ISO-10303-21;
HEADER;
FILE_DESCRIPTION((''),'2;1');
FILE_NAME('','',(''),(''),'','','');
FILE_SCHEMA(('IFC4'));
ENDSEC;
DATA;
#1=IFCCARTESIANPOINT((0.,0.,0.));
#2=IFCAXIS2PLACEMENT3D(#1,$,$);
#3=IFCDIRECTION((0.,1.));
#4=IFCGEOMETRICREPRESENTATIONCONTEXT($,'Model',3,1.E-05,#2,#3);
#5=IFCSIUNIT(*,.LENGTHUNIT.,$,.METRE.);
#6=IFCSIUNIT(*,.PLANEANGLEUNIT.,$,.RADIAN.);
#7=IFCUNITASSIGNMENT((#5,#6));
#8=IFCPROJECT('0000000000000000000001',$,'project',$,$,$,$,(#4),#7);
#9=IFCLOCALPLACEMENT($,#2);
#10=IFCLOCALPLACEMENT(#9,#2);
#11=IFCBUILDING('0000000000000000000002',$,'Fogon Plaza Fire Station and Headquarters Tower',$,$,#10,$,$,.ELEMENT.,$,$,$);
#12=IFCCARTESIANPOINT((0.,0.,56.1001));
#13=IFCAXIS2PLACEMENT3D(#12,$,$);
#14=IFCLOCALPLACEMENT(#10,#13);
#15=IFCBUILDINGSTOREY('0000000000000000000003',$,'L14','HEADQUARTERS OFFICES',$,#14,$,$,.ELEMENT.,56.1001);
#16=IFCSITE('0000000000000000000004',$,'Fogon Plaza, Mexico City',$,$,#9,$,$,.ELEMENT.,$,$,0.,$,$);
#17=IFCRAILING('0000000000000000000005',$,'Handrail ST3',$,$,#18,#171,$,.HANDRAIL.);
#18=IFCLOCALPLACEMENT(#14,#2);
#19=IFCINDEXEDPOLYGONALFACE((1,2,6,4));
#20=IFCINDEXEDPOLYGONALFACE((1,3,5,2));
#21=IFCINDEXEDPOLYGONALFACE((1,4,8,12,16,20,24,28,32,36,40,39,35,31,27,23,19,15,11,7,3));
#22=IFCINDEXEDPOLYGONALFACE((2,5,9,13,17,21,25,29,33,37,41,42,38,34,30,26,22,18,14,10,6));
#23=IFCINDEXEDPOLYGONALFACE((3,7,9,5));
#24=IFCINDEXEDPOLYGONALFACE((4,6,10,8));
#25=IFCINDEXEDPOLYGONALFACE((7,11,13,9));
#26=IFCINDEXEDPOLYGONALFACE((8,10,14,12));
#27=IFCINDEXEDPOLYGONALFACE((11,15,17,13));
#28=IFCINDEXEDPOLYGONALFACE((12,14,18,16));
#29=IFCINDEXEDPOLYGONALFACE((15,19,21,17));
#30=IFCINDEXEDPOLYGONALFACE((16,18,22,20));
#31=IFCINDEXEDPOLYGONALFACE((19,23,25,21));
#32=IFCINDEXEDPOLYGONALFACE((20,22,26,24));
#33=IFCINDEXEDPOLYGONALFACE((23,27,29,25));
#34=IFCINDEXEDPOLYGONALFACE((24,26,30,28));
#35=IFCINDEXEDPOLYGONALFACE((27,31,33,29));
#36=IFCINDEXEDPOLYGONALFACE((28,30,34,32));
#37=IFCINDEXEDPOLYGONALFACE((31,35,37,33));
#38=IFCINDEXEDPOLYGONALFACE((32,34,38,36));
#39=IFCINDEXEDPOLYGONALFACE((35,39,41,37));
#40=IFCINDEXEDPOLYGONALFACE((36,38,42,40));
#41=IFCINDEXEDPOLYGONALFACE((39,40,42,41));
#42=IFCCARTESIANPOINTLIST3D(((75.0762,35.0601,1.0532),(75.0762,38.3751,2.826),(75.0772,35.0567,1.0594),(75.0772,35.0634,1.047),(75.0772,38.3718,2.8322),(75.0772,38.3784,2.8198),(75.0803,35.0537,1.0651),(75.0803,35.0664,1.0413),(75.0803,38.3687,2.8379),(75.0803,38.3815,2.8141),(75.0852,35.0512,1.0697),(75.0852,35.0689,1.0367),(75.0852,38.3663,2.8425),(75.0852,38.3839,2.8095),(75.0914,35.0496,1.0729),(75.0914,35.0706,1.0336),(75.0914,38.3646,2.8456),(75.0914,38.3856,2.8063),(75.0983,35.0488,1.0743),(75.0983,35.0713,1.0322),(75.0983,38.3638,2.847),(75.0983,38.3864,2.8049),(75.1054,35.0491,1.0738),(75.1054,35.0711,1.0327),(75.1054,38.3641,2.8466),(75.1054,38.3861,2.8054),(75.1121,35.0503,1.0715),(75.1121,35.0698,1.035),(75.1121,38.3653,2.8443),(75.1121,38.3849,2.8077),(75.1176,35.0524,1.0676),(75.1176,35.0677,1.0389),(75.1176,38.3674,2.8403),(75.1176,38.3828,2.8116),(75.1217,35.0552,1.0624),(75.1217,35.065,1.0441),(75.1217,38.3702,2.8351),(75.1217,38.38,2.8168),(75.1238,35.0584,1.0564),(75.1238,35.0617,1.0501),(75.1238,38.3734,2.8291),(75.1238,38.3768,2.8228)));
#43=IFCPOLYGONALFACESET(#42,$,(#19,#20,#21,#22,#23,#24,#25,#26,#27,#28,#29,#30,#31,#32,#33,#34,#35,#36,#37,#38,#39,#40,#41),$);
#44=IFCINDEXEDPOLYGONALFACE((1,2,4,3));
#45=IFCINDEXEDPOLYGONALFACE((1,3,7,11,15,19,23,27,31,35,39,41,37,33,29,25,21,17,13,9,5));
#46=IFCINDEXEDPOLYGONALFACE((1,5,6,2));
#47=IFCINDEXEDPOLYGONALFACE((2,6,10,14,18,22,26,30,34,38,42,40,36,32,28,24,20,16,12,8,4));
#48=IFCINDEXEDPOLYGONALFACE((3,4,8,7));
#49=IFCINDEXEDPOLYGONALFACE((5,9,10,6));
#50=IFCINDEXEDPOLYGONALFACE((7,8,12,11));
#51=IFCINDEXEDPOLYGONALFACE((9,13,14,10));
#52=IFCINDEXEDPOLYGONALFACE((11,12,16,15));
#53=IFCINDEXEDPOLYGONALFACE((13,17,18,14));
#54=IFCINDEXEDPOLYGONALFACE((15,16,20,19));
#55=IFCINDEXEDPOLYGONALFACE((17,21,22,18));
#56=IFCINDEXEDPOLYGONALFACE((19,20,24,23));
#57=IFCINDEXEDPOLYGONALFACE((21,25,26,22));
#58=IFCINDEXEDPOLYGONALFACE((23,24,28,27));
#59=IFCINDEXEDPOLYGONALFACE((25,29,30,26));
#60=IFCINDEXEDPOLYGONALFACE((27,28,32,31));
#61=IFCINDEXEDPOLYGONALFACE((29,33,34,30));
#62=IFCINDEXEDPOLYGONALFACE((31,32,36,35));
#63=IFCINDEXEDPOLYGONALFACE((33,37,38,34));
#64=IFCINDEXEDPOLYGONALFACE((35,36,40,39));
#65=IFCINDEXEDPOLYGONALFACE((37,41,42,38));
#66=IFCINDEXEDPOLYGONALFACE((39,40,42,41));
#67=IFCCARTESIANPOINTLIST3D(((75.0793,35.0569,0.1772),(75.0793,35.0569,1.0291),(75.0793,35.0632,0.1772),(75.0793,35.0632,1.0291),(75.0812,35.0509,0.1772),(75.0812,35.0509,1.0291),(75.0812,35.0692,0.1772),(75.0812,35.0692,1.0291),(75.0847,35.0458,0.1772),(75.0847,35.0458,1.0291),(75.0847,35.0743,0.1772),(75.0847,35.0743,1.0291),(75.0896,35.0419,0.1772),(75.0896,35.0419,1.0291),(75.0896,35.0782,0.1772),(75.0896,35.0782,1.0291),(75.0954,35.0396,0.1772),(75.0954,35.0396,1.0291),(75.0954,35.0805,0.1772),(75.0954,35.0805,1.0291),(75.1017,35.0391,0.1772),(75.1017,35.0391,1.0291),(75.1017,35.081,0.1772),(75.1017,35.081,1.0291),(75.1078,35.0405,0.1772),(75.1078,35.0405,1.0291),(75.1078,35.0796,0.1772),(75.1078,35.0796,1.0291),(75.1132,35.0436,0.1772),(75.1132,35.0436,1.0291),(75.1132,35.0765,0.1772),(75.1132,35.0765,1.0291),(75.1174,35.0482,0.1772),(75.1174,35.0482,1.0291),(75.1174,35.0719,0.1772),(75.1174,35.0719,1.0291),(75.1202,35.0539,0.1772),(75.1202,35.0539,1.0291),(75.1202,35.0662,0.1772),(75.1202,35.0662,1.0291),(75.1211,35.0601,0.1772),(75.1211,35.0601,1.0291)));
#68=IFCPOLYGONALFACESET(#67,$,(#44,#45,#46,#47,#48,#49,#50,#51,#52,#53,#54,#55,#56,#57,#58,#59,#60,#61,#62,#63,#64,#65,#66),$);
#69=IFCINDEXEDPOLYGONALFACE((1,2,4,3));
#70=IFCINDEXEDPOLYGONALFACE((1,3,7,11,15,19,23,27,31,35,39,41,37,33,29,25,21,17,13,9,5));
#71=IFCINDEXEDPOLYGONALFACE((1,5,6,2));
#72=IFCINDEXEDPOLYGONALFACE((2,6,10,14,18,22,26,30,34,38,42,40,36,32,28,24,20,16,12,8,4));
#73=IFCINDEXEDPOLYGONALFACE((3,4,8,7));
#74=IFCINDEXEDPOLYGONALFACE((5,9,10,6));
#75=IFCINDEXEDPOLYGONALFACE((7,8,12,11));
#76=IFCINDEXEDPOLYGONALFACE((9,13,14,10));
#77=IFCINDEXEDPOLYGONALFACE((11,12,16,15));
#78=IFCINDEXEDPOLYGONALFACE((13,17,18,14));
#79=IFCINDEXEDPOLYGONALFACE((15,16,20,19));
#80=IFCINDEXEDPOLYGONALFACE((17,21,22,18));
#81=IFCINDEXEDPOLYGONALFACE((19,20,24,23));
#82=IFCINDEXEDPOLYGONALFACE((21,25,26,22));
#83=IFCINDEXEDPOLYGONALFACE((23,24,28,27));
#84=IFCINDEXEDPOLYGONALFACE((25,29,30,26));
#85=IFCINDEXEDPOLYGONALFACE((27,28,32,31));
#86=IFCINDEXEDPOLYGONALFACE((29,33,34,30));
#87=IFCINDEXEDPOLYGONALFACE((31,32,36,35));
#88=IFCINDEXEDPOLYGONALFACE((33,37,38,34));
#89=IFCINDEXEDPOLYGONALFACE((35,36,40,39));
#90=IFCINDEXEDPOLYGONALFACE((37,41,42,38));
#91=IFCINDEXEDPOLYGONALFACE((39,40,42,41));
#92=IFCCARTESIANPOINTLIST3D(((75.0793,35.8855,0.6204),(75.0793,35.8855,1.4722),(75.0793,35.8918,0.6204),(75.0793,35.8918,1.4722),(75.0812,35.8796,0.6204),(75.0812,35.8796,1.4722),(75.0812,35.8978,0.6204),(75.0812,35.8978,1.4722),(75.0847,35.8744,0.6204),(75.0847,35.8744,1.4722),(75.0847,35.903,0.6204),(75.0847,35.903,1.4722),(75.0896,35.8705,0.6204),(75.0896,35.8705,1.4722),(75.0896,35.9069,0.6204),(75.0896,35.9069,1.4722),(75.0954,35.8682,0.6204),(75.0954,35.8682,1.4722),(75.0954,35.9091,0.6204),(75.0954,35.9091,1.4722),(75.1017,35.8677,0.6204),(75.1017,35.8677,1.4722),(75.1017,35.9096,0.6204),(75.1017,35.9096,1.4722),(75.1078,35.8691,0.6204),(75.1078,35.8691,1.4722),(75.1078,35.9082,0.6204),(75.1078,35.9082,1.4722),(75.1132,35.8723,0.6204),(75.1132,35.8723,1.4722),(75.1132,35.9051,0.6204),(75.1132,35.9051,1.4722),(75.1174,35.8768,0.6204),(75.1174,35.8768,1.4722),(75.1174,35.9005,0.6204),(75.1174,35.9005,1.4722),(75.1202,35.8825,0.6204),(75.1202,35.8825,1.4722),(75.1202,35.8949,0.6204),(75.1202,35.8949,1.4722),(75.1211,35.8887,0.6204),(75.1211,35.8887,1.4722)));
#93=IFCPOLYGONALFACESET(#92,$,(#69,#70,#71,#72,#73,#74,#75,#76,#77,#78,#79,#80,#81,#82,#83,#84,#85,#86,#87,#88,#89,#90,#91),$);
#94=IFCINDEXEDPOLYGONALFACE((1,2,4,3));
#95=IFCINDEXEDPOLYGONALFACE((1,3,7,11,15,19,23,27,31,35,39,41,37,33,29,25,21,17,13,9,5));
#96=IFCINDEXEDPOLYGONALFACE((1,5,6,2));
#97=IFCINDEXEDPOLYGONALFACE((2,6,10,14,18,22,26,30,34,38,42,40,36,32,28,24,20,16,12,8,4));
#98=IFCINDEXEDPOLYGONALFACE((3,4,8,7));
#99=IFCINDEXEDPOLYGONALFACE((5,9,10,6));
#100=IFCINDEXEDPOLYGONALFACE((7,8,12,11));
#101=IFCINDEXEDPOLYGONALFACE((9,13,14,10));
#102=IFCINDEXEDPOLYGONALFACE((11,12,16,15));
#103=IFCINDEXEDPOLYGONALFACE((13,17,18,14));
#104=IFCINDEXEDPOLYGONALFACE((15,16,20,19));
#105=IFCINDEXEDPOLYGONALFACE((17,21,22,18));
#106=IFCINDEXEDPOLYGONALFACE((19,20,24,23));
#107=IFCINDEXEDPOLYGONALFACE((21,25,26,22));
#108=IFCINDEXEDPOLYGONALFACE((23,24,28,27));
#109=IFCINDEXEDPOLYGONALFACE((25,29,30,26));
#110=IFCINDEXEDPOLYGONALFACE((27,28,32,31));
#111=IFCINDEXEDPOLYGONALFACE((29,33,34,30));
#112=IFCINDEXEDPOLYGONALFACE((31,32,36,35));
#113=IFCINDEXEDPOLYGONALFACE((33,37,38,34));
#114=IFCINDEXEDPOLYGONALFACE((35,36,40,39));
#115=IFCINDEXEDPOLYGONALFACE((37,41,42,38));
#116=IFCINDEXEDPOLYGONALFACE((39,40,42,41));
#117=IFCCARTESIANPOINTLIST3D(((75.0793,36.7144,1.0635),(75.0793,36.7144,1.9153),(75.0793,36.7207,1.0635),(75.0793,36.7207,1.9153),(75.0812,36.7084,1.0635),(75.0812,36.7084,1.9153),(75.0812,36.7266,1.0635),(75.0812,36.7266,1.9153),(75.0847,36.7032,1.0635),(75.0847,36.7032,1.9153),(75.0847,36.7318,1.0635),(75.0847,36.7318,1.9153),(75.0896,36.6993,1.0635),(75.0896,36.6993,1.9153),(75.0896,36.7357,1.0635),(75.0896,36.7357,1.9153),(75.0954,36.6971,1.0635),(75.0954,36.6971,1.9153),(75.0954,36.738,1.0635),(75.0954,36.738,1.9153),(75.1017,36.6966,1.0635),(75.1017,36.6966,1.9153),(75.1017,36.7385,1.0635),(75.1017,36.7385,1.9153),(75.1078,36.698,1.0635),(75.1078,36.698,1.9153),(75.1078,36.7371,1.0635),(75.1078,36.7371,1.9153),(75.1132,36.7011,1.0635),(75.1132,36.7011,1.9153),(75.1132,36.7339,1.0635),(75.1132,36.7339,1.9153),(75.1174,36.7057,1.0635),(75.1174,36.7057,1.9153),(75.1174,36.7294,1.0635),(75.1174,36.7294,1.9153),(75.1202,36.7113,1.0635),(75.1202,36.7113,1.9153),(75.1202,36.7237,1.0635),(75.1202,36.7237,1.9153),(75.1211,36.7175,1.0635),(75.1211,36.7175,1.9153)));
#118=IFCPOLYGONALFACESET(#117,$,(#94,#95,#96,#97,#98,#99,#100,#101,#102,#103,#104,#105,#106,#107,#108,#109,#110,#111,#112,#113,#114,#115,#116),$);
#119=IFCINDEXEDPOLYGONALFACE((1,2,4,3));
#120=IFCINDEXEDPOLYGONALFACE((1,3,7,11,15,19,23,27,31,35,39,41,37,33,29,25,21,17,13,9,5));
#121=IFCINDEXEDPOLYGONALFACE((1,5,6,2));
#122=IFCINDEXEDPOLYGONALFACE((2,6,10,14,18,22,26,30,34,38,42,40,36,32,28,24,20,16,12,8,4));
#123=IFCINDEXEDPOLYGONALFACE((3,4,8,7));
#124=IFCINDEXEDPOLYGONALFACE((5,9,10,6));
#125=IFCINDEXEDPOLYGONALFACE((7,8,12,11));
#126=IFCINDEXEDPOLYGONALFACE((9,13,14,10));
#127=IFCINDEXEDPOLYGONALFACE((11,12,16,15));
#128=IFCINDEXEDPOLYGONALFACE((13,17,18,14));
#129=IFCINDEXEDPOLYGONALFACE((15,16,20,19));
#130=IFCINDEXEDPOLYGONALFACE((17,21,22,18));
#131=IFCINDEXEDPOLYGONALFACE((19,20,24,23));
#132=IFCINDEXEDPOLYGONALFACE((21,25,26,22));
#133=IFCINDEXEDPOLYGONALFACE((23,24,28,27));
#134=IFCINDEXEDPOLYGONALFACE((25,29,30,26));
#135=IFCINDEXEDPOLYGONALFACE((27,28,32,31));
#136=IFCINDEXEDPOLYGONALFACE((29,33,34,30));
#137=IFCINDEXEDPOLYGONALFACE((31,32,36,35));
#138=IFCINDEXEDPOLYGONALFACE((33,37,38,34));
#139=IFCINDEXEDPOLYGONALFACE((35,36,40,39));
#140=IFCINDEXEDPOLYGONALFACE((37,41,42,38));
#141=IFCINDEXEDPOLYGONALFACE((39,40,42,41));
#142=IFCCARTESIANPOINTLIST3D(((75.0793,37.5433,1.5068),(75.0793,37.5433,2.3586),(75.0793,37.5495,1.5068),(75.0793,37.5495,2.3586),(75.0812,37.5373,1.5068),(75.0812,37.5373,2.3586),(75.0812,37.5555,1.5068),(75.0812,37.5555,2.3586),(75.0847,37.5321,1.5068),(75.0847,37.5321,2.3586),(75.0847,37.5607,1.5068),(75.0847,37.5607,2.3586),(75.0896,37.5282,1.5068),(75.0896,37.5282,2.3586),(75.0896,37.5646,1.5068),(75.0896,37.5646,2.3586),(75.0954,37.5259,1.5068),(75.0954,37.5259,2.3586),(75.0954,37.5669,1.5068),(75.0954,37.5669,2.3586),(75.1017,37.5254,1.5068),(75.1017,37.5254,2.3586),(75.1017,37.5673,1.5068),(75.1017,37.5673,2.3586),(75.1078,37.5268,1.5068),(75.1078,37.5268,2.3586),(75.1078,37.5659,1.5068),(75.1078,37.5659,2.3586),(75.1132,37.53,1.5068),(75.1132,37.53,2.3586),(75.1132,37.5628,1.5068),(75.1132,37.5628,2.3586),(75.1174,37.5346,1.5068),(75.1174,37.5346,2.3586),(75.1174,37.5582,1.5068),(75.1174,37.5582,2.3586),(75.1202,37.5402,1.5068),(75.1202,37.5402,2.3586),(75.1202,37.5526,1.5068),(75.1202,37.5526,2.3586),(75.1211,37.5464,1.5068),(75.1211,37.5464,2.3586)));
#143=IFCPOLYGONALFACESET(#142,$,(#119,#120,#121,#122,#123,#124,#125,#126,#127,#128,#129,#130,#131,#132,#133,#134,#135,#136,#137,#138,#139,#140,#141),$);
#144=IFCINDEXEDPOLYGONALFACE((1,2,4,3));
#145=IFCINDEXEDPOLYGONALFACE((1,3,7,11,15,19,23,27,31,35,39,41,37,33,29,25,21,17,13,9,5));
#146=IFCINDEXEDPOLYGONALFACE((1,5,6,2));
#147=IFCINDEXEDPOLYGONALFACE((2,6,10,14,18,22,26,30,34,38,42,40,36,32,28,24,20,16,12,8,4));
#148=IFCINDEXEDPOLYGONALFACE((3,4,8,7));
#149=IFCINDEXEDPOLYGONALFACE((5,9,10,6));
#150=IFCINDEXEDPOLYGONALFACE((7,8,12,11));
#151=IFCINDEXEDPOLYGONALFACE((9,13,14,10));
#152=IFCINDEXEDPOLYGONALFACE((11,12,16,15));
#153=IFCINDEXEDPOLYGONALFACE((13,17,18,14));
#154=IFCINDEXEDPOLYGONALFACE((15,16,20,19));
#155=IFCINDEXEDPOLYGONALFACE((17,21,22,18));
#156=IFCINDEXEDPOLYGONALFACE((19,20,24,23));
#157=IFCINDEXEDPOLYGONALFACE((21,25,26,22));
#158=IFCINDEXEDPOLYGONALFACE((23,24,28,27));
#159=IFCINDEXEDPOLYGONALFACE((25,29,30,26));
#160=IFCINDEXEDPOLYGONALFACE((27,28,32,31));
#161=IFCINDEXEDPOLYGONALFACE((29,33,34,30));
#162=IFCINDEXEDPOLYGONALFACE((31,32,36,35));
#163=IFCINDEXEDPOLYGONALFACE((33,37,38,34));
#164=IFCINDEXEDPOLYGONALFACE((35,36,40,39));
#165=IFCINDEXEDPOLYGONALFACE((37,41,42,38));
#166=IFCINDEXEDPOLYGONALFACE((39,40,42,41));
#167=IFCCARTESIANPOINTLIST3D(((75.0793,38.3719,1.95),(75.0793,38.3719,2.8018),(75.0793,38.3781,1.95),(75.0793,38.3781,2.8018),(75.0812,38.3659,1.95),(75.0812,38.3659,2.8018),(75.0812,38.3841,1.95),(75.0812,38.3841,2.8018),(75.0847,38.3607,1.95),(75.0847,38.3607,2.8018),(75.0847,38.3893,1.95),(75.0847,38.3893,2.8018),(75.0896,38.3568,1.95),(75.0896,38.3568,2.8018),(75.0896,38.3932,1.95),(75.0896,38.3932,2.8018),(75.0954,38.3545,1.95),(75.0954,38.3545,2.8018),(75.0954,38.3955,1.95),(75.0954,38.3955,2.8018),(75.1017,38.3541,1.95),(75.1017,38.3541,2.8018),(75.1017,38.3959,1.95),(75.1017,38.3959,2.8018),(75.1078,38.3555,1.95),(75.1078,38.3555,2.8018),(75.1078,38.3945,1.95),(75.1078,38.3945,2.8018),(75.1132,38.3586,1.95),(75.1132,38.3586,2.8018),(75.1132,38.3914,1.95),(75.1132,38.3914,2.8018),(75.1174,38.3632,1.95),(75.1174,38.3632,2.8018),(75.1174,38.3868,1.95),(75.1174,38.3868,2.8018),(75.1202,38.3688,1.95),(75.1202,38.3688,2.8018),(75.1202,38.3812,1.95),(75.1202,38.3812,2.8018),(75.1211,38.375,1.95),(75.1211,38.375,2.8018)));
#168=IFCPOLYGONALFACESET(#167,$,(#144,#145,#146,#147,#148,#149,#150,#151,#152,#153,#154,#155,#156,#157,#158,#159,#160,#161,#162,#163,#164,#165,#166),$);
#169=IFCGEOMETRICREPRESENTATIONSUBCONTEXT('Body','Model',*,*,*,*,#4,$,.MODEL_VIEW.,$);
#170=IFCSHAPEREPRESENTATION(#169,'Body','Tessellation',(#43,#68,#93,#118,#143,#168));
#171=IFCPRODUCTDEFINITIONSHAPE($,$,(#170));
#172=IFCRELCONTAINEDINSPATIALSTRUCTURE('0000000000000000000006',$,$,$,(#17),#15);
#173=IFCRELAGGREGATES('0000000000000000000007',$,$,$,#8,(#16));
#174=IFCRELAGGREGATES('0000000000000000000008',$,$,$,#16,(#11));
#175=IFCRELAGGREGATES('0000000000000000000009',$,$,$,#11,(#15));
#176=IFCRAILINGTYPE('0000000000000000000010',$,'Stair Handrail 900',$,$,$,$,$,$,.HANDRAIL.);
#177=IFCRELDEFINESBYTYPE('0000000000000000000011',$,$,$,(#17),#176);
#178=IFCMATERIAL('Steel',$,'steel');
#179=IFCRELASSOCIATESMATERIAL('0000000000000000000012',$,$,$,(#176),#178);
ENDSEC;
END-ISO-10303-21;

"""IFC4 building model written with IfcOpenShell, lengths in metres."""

from ifc_helpers import new_model, si_unit, direction, frame, origin, origin_2d, place, context, subcontext, project, spatial, circle, extrude, material, type_object, element, save


model = new_model("IFC4")

# Units and contexts
model_context = context("Model", 3, precision=1e-05, world=origin(), true_north=direction((0.0, 1.0)))
body_context = subcontext(model_context, "Body", "Model", "MODEL_VIEW")
ifc_project = project(units=[si_unit("LENGTHUNIT", "METRE"), si_unit("PLANEANGLEUNIT", "RADIAN")], contexts=[model_context])

# Site, building, storey
site_placement = place(None, origin())
site = spatial("IfcSite", under=ifc_project, at=site_placement, Name="Fogon Plaza, Mexico City", CompositionType="ELEMENT", RefElevation=0.0)
building_placement = place(site_placement, origin())
building = spatial("IfcBuilding", under=site, at=building_placement, Name="Fogon Plaza Fire Station and Headquarters Tower", CompositionType="ELEMENT")
storey_placement = place(building_placement, frame((0.0, 0.0, 56.1001)))
storey = spatial("IfcBuildingStorey", under=building, at=storey_placement, Name="L14", Description="HEADQUARTERS OFFICES", CompositionType="ELEMENT", Elevation=56.1001)

# Railing
ifc_material_1 = material(Name="Steel", Category="steel")
railing_type = type_object("IfcRailingType", Name="Stair Handrail 900", PredefinedType="HANDRAIL", material=ifc_material_1)
for number, where, name in (
    (1, (75.1001, 35.0601, 0.1772), "Handrail ST3"),
):
    element("IfcRailing", number, at=place(storey_placement, frame(where)), inside=storey, type_object=railing_type, Name=name, PredefinedType="HANDRAIL", context=body_context, shape_type="SweptSolid", body=[
        extrude(circle(Radius=0.0239, at=origin_2d()), frame((0.0, 0.0, 0.876), z_axis=(0.0, 0.881829, 0.471569), x_axis=(-1.0, 0.0, 0.0)), (0.0, 0.0, 1.0), 3.7593),
        extrude(circle(Radius=0.021, at=origin_2d()), origin(), (0.0, 0.0, 1.0), 0.8518),
        extrude(circle(Radius=0.021, at=origin_2d()), frame((0.0, 0.8286, 0.4431)), (0.0, 0.0, 1.0), 0.8518),
        extrude(circle(Radius=0.021, at=origin_2d()), frame((0.0, 1.6575, 0.8862)), (0.0, 0.0, 1.0), 0.8518),
        extrude(circle(Radius=0.021, at=origin_2d()), frame((0.0, 2.4863, 1.3296)), (0.0, 0.0, 1.0), 0.8518),
        extrude(circle(Radius=0.021, at=origin_2d()), frame((0.0, 3.3149, 1.7727)), (0.0, 0.0, 1.0), 0.8518),
    ])

save(model, "model.ifc")
